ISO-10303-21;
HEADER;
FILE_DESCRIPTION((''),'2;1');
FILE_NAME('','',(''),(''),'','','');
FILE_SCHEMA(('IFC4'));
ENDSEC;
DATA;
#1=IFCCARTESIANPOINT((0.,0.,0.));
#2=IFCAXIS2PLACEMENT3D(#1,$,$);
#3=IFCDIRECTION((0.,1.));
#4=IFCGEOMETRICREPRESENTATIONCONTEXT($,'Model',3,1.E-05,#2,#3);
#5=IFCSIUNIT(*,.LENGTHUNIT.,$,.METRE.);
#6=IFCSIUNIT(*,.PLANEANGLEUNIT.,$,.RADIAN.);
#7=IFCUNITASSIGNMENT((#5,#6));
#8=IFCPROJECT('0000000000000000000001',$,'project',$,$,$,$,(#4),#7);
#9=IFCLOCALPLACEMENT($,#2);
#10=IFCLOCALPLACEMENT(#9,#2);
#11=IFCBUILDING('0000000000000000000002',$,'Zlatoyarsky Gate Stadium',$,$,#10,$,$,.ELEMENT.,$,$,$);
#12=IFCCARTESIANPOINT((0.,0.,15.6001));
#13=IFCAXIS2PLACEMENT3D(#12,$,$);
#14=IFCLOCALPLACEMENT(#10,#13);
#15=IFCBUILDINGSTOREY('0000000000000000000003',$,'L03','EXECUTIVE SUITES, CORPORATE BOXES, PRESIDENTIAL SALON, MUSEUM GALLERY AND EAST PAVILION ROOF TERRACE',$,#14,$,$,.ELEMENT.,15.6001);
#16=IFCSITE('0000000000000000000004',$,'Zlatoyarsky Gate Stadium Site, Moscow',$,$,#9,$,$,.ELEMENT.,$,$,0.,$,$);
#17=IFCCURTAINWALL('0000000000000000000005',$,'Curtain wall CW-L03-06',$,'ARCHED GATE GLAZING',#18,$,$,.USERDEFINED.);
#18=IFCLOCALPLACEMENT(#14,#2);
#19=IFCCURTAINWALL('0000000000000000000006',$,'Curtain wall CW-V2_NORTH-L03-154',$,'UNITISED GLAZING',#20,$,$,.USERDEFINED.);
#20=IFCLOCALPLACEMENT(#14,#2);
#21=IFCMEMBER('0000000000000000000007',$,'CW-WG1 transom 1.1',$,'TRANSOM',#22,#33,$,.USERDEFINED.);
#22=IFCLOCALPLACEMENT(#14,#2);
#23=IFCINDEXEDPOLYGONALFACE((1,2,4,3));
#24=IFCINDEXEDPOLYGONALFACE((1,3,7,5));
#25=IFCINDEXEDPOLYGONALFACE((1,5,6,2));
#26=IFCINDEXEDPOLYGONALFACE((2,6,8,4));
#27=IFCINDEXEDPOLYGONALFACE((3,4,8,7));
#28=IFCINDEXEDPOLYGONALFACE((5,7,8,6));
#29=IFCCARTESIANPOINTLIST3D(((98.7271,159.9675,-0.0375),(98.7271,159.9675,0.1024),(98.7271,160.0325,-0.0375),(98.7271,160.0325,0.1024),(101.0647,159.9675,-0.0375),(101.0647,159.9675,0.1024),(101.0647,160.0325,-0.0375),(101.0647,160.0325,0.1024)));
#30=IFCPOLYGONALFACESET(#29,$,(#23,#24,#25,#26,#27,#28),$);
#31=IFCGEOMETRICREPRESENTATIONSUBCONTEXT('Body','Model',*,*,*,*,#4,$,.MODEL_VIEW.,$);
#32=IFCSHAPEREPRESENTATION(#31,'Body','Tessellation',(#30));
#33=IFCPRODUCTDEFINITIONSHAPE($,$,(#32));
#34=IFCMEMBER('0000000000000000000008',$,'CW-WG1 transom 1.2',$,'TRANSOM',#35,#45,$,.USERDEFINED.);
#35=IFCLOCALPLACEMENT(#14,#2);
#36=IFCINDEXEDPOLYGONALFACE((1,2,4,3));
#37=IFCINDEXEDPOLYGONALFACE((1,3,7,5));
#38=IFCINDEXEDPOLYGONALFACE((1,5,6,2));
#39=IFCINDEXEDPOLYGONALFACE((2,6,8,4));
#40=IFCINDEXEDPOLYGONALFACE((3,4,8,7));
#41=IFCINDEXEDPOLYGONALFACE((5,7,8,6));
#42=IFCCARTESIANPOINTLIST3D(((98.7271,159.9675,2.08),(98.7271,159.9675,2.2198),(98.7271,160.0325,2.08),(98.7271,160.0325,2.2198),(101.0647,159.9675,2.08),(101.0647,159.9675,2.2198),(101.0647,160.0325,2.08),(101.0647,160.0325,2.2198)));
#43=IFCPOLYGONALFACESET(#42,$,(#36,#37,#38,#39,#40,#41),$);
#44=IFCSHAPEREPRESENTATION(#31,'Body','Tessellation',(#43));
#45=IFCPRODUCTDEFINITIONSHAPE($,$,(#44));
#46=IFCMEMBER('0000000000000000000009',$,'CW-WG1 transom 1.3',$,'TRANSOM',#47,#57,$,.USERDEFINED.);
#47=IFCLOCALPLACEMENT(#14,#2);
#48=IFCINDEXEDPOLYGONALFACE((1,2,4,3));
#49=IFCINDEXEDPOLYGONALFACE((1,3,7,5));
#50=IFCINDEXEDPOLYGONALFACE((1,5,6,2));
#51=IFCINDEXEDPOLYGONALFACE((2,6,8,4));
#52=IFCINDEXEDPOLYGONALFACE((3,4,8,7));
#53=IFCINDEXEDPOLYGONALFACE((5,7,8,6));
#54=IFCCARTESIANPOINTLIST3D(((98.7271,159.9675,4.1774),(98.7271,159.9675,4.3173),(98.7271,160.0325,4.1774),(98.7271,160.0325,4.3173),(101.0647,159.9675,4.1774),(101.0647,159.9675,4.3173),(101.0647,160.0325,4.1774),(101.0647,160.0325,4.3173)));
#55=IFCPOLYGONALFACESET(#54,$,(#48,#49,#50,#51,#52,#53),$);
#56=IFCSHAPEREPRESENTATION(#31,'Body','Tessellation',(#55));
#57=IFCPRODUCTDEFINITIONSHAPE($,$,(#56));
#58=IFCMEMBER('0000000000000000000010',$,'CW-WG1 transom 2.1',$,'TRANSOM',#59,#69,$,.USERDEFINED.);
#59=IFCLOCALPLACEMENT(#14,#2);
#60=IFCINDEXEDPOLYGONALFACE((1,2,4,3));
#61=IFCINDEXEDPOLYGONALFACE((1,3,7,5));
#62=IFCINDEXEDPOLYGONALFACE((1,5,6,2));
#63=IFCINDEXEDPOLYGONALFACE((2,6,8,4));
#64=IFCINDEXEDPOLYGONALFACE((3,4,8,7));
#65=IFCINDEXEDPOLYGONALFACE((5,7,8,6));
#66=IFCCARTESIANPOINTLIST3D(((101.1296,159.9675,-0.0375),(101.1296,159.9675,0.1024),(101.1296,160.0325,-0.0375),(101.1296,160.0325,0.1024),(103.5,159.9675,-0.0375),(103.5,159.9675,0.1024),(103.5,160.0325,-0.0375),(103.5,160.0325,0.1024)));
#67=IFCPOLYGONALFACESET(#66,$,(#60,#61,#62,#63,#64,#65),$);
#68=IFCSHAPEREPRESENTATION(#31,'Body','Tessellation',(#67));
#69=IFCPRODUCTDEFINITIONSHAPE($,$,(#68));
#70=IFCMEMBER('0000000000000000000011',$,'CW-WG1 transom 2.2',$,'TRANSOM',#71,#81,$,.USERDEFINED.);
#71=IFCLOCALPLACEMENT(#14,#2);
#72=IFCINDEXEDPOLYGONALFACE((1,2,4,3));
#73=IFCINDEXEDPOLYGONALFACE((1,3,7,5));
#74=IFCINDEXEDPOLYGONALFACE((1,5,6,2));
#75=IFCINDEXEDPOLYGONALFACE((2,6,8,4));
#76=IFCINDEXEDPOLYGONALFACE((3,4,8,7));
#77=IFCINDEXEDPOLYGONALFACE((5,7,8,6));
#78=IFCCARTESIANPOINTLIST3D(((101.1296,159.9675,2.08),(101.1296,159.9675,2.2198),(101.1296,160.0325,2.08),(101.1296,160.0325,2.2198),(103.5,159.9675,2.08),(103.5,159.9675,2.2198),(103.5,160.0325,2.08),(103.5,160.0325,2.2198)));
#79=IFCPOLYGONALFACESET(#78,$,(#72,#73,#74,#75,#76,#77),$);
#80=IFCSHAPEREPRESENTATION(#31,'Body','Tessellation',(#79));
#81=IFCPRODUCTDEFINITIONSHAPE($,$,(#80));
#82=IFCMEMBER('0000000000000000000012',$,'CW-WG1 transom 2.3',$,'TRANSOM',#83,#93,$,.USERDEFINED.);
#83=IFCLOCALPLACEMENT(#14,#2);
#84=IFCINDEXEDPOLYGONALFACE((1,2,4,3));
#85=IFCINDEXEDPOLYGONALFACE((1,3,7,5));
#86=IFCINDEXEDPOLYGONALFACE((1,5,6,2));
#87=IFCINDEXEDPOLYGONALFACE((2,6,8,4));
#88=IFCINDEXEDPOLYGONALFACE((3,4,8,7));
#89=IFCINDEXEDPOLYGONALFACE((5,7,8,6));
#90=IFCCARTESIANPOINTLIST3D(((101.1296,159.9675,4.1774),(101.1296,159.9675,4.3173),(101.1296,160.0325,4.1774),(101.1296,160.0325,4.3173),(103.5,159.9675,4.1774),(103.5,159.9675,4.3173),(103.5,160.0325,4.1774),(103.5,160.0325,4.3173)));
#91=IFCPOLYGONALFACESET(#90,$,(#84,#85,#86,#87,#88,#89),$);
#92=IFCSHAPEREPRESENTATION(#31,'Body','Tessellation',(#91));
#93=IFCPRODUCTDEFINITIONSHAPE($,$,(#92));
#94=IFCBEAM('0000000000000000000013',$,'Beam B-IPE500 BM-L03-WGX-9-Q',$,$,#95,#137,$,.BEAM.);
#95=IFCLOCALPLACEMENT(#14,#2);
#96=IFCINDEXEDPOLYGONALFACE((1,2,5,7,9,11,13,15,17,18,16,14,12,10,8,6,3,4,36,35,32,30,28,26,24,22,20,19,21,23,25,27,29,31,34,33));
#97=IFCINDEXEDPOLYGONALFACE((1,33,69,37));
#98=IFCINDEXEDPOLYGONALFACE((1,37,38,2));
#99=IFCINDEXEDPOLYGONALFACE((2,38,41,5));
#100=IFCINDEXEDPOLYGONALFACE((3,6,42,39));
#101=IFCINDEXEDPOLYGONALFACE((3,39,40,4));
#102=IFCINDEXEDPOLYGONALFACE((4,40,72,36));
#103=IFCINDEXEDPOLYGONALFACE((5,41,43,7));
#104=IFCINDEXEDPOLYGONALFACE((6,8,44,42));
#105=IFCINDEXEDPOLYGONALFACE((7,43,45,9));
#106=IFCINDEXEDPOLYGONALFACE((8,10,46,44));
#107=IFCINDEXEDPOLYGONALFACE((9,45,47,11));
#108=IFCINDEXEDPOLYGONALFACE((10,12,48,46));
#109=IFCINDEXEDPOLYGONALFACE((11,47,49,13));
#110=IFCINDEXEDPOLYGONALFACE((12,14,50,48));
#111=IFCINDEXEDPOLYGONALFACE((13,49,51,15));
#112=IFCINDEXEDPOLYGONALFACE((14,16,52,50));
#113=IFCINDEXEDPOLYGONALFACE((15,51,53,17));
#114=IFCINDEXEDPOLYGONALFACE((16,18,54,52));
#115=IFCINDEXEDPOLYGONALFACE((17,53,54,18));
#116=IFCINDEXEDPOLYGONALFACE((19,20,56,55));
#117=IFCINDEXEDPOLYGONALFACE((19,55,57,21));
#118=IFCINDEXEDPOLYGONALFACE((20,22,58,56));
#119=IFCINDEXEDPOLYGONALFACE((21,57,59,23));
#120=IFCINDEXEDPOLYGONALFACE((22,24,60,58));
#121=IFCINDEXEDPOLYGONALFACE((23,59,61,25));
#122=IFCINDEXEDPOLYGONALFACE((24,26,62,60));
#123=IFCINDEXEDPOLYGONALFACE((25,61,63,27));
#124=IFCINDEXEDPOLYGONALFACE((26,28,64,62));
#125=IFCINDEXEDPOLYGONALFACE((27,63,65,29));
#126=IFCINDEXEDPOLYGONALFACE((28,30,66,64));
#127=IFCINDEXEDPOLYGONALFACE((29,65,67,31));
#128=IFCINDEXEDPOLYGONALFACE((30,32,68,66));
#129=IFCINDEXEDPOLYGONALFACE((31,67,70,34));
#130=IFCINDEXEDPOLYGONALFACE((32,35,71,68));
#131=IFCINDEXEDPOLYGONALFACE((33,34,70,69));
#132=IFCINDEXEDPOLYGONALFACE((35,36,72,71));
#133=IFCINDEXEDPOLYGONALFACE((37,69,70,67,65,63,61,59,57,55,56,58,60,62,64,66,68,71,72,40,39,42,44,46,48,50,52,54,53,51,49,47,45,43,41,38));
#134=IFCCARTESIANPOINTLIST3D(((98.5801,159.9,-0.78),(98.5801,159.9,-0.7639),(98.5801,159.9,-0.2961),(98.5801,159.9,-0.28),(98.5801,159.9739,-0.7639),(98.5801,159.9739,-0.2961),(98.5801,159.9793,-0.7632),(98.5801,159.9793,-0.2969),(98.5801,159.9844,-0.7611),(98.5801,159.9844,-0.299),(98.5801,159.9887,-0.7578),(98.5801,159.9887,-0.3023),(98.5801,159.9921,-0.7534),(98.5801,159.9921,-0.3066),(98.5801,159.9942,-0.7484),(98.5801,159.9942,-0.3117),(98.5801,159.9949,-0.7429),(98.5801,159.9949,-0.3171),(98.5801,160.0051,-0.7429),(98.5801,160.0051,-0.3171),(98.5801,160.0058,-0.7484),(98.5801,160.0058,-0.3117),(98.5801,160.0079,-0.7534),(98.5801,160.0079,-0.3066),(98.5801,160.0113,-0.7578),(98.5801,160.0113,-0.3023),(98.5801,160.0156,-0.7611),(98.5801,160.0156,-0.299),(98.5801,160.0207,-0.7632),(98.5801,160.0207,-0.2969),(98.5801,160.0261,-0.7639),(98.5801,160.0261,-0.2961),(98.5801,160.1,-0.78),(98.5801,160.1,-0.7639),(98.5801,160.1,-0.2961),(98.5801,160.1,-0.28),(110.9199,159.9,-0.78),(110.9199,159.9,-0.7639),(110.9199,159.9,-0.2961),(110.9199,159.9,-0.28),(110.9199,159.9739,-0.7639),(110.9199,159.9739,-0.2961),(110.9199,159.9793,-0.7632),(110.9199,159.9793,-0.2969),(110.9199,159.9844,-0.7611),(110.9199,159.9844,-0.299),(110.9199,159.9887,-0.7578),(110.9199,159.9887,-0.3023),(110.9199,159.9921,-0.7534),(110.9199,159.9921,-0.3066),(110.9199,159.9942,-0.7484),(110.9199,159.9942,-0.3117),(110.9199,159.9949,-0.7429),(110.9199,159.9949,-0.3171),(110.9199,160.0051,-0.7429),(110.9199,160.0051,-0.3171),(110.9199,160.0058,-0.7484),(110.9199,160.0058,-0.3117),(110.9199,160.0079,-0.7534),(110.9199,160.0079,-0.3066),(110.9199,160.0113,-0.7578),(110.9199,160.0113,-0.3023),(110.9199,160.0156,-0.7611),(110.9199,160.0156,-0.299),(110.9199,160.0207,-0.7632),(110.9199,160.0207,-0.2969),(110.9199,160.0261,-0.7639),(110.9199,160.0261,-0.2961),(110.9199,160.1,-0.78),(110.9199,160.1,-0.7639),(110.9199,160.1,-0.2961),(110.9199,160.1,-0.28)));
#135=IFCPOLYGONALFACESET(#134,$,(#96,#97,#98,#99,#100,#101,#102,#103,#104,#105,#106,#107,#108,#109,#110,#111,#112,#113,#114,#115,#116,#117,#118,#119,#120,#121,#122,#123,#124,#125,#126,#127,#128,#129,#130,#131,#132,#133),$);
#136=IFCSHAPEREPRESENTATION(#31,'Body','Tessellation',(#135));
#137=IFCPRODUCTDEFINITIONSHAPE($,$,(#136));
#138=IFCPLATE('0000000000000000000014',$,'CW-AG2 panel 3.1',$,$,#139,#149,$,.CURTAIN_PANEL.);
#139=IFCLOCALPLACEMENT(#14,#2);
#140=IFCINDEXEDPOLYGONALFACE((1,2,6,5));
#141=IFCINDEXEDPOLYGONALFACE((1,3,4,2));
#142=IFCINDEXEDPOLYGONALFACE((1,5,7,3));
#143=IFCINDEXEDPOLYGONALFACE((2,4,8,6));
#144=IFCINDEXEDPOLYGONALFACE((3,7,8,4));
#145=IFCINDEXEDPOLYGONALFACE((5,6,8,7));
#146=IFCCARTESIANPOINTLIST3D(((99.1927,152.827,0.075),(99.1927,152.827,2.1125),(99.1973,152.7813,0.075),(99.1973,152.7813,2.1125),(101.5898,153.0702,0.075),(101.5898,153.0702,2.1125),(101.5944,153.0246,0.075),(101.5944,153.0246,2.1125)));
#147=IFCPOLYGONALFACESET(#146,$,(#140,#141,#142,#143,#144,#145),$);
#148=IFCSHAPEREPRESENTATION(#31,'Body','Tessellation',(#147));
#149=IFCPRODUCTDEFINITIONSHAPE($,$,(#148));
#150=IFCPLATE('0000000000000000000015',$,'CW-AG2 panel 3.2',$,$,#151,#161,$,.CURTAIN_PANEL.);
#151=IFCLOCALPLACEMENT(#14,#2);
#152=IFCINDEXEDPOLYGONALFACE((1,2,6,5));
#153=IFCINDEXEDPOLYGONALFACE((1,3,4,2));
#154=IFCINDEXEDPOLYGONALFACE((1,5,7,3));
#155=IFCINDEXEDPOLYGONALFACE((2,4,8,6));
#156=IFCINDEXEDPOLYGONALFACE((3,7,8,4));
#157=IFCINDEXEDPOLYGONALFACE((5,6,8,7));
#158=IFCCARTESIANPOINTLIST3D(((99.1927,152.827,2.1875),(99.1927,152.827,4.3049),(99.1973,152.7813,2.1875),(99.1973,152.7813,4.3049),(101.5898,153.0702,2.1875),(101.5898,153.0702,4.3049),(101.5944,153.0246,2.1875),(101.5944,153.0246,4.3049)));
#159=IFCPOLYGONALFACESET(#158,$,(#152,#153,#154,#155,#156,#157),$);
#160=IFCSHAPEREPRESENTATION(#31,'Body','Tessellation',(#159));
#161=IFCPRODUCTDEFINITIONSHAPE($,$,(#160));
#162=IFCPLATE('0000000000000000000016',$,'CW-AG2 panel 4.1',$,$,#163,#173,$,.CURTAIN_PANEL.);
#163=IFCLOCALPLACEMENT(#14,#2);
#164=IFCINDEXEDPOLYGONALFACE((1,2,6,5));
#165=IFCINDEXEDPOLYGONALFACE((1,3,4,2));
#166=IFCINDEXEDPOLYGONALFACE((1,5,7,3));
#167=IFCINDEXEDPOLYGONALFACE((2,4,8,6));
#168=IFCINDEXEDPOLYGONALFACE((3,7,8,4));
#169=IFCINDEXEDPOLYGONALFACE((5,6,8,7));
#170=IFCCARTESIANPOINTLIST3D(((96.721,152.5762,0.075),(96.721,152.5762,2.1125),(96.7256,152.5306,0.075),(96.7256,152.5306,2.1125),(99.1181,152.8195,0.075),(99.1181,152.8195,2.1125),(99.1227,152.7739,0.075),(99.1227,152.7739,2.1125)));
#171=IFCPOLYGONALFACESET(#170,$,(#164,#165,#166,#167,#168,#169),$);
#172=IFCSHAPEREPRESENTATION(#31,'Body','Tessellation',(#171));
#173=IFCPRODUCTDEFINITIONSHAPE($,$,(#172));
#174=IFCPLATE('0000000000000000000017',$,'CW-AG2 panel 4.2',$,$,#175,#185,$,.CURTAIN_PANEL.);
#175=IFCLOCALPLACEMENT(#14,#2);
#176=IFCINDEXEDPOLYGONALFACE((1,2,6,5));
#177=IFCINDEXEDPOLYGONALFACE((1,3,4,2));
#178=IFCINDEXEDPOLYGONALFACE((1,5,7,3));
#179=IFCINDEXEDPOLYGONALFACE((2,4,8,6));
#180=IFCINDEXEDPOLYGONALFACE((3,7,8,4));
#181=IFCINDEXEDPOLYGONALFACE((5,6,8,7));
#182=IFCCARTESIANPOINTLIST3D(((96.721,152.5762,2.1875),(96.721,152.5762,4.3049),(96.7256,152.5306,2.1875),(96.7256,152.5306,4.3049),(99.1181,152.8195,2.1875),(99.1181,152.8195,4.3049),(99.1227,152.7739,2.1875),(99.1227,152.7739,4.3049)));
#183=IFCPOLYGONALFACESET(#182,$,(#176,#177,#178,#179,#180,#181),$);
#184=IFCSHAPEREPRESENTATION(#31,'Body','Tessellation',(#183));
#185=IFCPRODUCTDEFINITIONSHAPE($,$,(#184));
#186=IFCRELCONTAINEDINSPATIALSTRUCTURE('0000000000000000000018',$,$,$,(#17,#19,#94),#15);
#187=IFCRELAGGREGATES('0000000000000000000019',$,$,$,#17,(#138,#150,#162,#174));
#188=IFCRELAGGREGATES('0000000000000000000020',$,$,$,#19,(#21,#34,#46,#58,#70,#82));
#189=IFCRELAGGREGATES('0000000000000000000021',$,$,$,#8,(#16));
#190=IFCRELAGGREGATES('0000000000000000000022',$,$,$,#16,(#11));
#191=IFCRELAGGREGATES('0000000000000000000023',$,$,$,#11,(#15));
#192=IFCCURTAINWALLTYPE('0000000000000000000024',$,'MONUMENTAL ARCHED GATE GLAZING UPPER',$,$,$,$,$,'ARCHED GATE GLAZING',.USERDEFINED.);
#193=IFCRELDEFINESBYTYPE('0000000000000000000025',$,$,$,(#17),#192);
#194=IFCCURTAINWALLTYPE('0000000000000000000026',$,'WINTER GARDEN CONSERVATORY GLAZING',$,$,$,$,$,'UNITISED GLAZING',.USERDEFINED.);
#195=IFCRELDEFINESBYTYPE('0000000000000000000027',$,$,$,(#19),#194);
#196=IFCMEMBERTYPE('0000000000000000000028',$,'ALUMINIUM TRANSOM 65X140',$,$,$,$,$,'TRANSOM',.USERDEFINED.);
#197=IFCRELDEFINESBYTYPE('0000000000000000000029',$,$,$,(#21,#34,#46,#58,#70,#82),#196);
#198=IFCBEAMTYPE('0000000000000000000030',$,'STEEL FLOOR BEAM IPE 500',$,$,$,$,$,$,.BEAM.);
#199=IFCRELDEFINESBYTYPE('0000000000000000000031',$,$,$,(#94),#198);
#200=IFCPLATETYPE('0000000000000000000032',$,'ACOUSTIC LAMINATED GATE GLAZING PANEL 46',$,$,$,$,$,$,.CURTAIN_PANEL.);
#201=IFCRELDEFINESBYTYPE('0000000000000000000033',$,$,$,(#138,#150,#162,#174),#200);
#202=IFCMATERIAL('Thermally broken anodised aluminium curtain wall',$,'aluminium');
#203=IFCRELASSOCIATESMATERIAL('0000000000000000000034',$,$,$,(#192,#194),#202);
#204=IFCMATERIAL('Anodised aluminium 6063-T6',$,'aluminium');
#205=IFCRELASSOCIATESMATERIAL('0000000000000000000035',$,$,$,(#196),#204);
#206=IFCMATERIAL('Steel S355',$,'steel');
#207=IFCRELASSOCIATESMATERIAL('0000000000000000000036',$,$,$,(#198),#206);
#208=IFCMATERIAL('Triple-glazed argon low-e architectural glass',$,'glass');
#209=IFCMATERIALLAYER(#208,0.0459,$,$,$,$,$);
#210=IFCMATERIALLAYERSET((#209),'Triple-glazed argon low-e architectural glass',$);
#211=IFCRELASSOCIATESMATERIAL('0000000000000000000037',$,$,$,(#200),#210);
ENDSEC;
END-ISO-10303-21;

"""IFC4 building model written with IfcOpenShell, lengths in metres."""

from ifc_helpers import new_model, si_unit, direction, frame, origin, origin_2d, place, context, subcontext, project, spatial, rectangle, i_section, extrude, material, layer, layer_set, material_profile, profile_set, type_object, element, aggregate, save


model = new_model("IFC4")

# Units and contexts
model_context = context("Model", 3, precision=1e-05, world=origin(), true_north=direction((0.0, 1.0)))
body_context = subcontext(model_context, "Body", "Model", "MODEL_VIEW")
ifc_project = project(units=[si_unit("LENGTHUNIT", "METRE"), si_unit("PLANEANGLEUNIT", "RADIAN")], contexts=[model_context])

# Site, building, storey
site_placement = place(None, origin())
site = spatial("IfcSite", under=ifc_project, at=site_placement, Name="Zlatoyarsky Gate Stadium Site, Moscow", CompositionType="ELEMENT", RefElevation=0.0)
building_placement = place(site_placement, origin())
building = spatial("IfcBuilding", under=site, at=building_placement, Name="Zlatoyarsky Gate Stadium", CompositionType="ELEMENT")
storey_placement = place(building_placement, frame((0.0, 0.0, 15.6001)))
storey = spatial("IfcBuildingStorey", under=building, at=storey_placement, Name="L03", Description="EXECUTIVE SUITES, CORPORATE BOXES, PRESIDENTIAL SALON, MUSEUM GALLERY AND EAST PAVILION ROOF TERRACE", CompositionType="ELEMENT", Elevation=15.6001)

# Shared definitions
ifc_material_1 = material(Name="Steel S355", Category="steel")

# Curtain walls, members
ifc_material_2 = material(Name="Thermally broken anodised aluminium curtain wall", Category="aluminium")
curtain_wall_type_1 = type_object("IfcCurtainWallType", Name="MONUMENTAL ARCHED GATE GLAZING UPPER", ElementType="ARCHED GATE GLAZING", PredefinedType="USERDEFINED", material=ifc_material_2)
curtain_wall_1_placement = place(storey_placement, origin())
curtain_wall_1 = element("IfcCurtainWall", 1, at=curtain_wall_1_placement, inside=storey, type_object=curtain_wall_type_1, Name="Curtain wall CW-L03-06", ObjectType="ARCHED GATE GLAZING", PredefinedType="USERDEFINED")
ifc_material_3 = material(Name="Anodised aluminium 6063-T6", Category="aluminium")
curtain_wall_type_2 = type_object("IfcCurtainWallType", Name="WINTER GARDEN CONSERVATORY GLAZING", ElementType="UNITISED GLAZING", PredefinedType="USERDEFINED", material=ifc_material_2)
curtain_wall_2_placement = place(storey_placement, origin())
curtain_wall_2 = element("IfcCurtainWall", 2, at=curtain_wall_2_placement, inside=storey, type_object=curtain_wall_type_2, Name="Curtain wall CW-V2_NORTH-L03-154", ObjectType="UNITISED GLAZING", PredefinedType="USERDEFINED")
ifc_material_profile_1 = material_profile(ifc_material_3, rectangle(XDim=0.0649, YDim=0.1399, at=origin_2d()), Name="ALU 65X140")
ifc_profile_set_1 = profile_set([ifc_material_profile_1], Name="Anodised aluminium 6063-T6")
member_type_1 = type_object("IfcMemberType", Name="ALUMINIUM TRANSOM 65X140", ElementType="TRANSOM", PredefinedType="USERDEFINED", material=ifc_profile_set_1)
member_1_placement = place(storey_placement, frame((98.7271, 160.0, 0.0325), z_axis=(1.0, 0.0, 0.0), x_axis=(0.0, 1.0, 0.0)))
member_1 = element("IfcMember", 3, at=member_1_placement, type_object=member_type_1, Name="CW-WG1 transom 1.1", ObjectType="TRANSOM", PredefinedType="USERDEFINED", context=body_context, shape_type="SweptSolid", body=[
    extrude(rectangle(XDim=0.0649, YDim=0.1399, at=origin_2d()), origin(), (0.0, 0.0, 1.0), 2.3376),
])
member_2_placement = place(storey_placement, frame((98.7271, 160.0, 2.1499), z_axis=(1.0, 0.0, 0.0), x_axis=(0.0, 1.0, 0.0)))
member_2 = element("IfcMember", 4, at=member_2_placement, type_object=member_type_1, Name="CW-WG1 transom 1.2", ObjectType="TRANSOM", PredefinedType="USERDEFINED", context=body_context, shape_type="SweptSolid", body=[
    extrude(rectangle(XDim=0.0649, YDim=0.1399, at=origin_2d()), origin(), (0.0, 0.0, 1.0), 2.3376),
])
member_3_placement = place(storey_placement, frame((98.7271, 160.0, 4.2473), z_axis=(1.0, 0.0, 0.0), x_axis=(0.0, 1.0, 0.0)))
member_3 = element("IfcMember", 5, at=member_3_placement, type_object=member_type_1, Name="CW-WG1 transom 1.3", ObjectType="TRANSOM", PredefinedType="USERDEFINED", context=body_context, shape_type="SweptSolid", body=[
    extrude(rectangle(XDim=0.0649, YDim=0.1399, at=origin_2d()), origin(), (0.0, 0.0, 1.0), 2.3376),
])
member_4_placement = place(storey_placement, frame((101.1296, 160.0, 0.0325), z_axis=(1.0, 0.0, 0.0), x_axis=(0.0, 1.0, 0.0)))
member_4 = element("IfcMember", 6, at=member_4_placement, type_object=member_type_1, Name="CW-WG1 transom 2.1", ObjectType="TRANSOM", PredefinedType="USERDEFINED", context=body_context, shape_type="SweptSolid", body=[
    extrude(rectangle(XDim=0.0649, YDim=0.1399, at=origin_2d()), origin(), (0.0, 0.0, 1.0), 2.3704),
])
member_5_placement = place(storey_placement, frame((101.1296, 160.0, 2.1499), z_axis=(1.0, 0.0, 0.0), x_axis=(0.0, 1.0, 0.0)))
member_5 = element("IfcMember", 7, at=member_5_placement, type_object=member_type_1, Name="CW-WG1 transom 2.2", ObjectType="TRANSOM", PredefinedType="USERDEFINED", context=body_context, shape_type="SweptSolid", body=[
    extrude(rectangle(XDim=0.0649, YDim=0.1399, at=origin_2d()), origin(), (0.0, 0.0, 1.0), 2.3704),
])
member_6_placement = place(storey_placement, frame((101.1296, 160.0, 4.2473), z_axis=(1.0, 0.0, 0.0), x_axis=(0.0, 1.0, 0.0)))
member_6 = element("IfcMember", 8, at=member_6_placement, type_object=member_type_1, Name="CW-WG1 transom 2.3", ObjectType="TRANSOM", PredefinedType="USERDEFINED", context=body_context, shape_type="SweptSolid", body=[
    extrude(rectangle(XDim=0.0649, YDim=0.1399, at=origin_2d()), origin(), (0.0, 0.0, 1.0), 2.3704),
])

# Beam
ifc_material_profile_2 = material_profile(ifc_material_1, i_section(OverallWidth=0.2, OverallDepth=0.5, WebThickness=0.0103, FlangeThickness=0.0161, FilletRadius=0.021, at=origin_2d()), Name="IPE 500")
ifc_profile_set_2 = profile_set([ifc_material_profile_2], Name="Steel S355")
beam_type = type_object("IfcBeamType", Name="STEEL FLOOR BEAM IPE 500", PredefinedType="BEAM", material=ifc_profile_set_2)
beam_placement = place(storey_placement, frame((98.5801, 160.0, -0.53), z_axis=(1.0, 0.0, 0.0), x_axis=(0.0, 1.0, 0.0)))
element("IfcBeam", 9, at=beam_placement, inside=storey, type_object=beam_type, Name="Beam B-IPE500 BM-L03-WGX-9-Q", PredefinedType="BEAM", context=body_context, shape_type="SweptSolid", body=[
    extrude(i_section(OverallWidth=0.2, OverallDepth=0.5, WebThickness=0.0103, FlangeThickness=0.0161, FilletRadius=0.021, at=origin_2d()), origin(), (0.0, 0.0, 1.0), 12.3398),
])

# Plates
ifc_material_4 = material(Name="Triple-glazed argon low-e architectural glass", Category="glass")
ifc_layer_1 = layer(ifc_material_4, 0.0459)
ifc_layer_set_1 = layer_set([ifc_layer_1], Name="Triple-glazed argon low-e architectural glass")
plate_type_1 = type_object("IfcPlateType", Name="ACOUSTIC LAMINATED GATE GLAZING PANEL 46", PredefinedType="CURTAIN_PANEL", material=ifc_layer_set_1)
plate_1_placement = place(storey_placement, frame((100.3936, 152.9258, 0.075), z_axis=(0.0, 0.0, 1.0), x_axis=(-0.99489, -0.100967, 0.0)))
plate_1 = element("IfcPlate", 10, at=plate_1_placement, type_object=plate_type_1, Name="CW-AG2 panel 3.1", PredefinedType="CURTAIN_PANEL", context=body_context, shape_type="SweptSolid", body=[
    extrude(rectangle(XDim=2.4094, YDim=0.0459, at=origin_2d()), origin(), (0.0, 0.0, 1.0), 2.0376),
])
plate_2_placement = place(storey_placement, frame((100.3936, 152.9258, 2.1875), z_axis=(0.0, 0.0, 1.0), x_axis=(-0.99489, -0.100967, 0.0)))
plate_2 = element("IfcPlate", 11, at=plate_2_placement, type_object=plate_type_1, Name="CW-AG2 panel 3.2", PredefinedType="CURTAIN_PANEL", context=body_context, shape_type="SweptSolid", body=[
    extrude(rectangle(XDim=2.4094, YDim=0.0459, at=origin_2d()), origin(), (0.0, 0.0, 1.0), 2.1174),
])
plate_3_placement = place(storey_placement, frame((97.9219, 152.675, 0.075), z_axis=(0.0, 0.0, 1.0), x_axis=(-0.99489, -0.100967, 0.0)))
plate_3 = element("IfcPlate", 12, at=plate_3_placement, type_object=plate_type_1, Name="CW-AG2 panel 4.1", PredefinedType="CURTAIN_PANEL", context=body_context, shape_type="SweptSolid", body=[
    extrude(rectangle(XDim=2.4094, YDim=0.0459, at=origin_2d()), origin(), (0.0, 0.0, 1.0), 2.0376),
])
plate_4_placement = place(storey_placement, frame((97.9219, 152.675, 2.1875), z_axis=(0.0, 0.0, 1.0), x_axis=(-0.99489, -0.100967, 0.0)))
plate_4 = element("IfcPlate", 13, at=plate_4_placement, type_object=plate_type_1, Name="CW-AG2 panel 4.2", PredefinedType="CURTAIN_PANEL", context=body_context, shape_type="SweptSolid", body=[
    extrude(rectangle(XDim=2.4094, YDim=0.0459, at=origin_2d()), origin(), (0.0, 0.0, 1.0), 2.1174),
])
aggregate(curtain_wall_1, [plate_1, plate_2, plate_3, plate_4])
aggregate(curtain_wall_2, [member_1, member_2, member_3, member_4, member_5, member_6])

save(model, "model.ifc")
